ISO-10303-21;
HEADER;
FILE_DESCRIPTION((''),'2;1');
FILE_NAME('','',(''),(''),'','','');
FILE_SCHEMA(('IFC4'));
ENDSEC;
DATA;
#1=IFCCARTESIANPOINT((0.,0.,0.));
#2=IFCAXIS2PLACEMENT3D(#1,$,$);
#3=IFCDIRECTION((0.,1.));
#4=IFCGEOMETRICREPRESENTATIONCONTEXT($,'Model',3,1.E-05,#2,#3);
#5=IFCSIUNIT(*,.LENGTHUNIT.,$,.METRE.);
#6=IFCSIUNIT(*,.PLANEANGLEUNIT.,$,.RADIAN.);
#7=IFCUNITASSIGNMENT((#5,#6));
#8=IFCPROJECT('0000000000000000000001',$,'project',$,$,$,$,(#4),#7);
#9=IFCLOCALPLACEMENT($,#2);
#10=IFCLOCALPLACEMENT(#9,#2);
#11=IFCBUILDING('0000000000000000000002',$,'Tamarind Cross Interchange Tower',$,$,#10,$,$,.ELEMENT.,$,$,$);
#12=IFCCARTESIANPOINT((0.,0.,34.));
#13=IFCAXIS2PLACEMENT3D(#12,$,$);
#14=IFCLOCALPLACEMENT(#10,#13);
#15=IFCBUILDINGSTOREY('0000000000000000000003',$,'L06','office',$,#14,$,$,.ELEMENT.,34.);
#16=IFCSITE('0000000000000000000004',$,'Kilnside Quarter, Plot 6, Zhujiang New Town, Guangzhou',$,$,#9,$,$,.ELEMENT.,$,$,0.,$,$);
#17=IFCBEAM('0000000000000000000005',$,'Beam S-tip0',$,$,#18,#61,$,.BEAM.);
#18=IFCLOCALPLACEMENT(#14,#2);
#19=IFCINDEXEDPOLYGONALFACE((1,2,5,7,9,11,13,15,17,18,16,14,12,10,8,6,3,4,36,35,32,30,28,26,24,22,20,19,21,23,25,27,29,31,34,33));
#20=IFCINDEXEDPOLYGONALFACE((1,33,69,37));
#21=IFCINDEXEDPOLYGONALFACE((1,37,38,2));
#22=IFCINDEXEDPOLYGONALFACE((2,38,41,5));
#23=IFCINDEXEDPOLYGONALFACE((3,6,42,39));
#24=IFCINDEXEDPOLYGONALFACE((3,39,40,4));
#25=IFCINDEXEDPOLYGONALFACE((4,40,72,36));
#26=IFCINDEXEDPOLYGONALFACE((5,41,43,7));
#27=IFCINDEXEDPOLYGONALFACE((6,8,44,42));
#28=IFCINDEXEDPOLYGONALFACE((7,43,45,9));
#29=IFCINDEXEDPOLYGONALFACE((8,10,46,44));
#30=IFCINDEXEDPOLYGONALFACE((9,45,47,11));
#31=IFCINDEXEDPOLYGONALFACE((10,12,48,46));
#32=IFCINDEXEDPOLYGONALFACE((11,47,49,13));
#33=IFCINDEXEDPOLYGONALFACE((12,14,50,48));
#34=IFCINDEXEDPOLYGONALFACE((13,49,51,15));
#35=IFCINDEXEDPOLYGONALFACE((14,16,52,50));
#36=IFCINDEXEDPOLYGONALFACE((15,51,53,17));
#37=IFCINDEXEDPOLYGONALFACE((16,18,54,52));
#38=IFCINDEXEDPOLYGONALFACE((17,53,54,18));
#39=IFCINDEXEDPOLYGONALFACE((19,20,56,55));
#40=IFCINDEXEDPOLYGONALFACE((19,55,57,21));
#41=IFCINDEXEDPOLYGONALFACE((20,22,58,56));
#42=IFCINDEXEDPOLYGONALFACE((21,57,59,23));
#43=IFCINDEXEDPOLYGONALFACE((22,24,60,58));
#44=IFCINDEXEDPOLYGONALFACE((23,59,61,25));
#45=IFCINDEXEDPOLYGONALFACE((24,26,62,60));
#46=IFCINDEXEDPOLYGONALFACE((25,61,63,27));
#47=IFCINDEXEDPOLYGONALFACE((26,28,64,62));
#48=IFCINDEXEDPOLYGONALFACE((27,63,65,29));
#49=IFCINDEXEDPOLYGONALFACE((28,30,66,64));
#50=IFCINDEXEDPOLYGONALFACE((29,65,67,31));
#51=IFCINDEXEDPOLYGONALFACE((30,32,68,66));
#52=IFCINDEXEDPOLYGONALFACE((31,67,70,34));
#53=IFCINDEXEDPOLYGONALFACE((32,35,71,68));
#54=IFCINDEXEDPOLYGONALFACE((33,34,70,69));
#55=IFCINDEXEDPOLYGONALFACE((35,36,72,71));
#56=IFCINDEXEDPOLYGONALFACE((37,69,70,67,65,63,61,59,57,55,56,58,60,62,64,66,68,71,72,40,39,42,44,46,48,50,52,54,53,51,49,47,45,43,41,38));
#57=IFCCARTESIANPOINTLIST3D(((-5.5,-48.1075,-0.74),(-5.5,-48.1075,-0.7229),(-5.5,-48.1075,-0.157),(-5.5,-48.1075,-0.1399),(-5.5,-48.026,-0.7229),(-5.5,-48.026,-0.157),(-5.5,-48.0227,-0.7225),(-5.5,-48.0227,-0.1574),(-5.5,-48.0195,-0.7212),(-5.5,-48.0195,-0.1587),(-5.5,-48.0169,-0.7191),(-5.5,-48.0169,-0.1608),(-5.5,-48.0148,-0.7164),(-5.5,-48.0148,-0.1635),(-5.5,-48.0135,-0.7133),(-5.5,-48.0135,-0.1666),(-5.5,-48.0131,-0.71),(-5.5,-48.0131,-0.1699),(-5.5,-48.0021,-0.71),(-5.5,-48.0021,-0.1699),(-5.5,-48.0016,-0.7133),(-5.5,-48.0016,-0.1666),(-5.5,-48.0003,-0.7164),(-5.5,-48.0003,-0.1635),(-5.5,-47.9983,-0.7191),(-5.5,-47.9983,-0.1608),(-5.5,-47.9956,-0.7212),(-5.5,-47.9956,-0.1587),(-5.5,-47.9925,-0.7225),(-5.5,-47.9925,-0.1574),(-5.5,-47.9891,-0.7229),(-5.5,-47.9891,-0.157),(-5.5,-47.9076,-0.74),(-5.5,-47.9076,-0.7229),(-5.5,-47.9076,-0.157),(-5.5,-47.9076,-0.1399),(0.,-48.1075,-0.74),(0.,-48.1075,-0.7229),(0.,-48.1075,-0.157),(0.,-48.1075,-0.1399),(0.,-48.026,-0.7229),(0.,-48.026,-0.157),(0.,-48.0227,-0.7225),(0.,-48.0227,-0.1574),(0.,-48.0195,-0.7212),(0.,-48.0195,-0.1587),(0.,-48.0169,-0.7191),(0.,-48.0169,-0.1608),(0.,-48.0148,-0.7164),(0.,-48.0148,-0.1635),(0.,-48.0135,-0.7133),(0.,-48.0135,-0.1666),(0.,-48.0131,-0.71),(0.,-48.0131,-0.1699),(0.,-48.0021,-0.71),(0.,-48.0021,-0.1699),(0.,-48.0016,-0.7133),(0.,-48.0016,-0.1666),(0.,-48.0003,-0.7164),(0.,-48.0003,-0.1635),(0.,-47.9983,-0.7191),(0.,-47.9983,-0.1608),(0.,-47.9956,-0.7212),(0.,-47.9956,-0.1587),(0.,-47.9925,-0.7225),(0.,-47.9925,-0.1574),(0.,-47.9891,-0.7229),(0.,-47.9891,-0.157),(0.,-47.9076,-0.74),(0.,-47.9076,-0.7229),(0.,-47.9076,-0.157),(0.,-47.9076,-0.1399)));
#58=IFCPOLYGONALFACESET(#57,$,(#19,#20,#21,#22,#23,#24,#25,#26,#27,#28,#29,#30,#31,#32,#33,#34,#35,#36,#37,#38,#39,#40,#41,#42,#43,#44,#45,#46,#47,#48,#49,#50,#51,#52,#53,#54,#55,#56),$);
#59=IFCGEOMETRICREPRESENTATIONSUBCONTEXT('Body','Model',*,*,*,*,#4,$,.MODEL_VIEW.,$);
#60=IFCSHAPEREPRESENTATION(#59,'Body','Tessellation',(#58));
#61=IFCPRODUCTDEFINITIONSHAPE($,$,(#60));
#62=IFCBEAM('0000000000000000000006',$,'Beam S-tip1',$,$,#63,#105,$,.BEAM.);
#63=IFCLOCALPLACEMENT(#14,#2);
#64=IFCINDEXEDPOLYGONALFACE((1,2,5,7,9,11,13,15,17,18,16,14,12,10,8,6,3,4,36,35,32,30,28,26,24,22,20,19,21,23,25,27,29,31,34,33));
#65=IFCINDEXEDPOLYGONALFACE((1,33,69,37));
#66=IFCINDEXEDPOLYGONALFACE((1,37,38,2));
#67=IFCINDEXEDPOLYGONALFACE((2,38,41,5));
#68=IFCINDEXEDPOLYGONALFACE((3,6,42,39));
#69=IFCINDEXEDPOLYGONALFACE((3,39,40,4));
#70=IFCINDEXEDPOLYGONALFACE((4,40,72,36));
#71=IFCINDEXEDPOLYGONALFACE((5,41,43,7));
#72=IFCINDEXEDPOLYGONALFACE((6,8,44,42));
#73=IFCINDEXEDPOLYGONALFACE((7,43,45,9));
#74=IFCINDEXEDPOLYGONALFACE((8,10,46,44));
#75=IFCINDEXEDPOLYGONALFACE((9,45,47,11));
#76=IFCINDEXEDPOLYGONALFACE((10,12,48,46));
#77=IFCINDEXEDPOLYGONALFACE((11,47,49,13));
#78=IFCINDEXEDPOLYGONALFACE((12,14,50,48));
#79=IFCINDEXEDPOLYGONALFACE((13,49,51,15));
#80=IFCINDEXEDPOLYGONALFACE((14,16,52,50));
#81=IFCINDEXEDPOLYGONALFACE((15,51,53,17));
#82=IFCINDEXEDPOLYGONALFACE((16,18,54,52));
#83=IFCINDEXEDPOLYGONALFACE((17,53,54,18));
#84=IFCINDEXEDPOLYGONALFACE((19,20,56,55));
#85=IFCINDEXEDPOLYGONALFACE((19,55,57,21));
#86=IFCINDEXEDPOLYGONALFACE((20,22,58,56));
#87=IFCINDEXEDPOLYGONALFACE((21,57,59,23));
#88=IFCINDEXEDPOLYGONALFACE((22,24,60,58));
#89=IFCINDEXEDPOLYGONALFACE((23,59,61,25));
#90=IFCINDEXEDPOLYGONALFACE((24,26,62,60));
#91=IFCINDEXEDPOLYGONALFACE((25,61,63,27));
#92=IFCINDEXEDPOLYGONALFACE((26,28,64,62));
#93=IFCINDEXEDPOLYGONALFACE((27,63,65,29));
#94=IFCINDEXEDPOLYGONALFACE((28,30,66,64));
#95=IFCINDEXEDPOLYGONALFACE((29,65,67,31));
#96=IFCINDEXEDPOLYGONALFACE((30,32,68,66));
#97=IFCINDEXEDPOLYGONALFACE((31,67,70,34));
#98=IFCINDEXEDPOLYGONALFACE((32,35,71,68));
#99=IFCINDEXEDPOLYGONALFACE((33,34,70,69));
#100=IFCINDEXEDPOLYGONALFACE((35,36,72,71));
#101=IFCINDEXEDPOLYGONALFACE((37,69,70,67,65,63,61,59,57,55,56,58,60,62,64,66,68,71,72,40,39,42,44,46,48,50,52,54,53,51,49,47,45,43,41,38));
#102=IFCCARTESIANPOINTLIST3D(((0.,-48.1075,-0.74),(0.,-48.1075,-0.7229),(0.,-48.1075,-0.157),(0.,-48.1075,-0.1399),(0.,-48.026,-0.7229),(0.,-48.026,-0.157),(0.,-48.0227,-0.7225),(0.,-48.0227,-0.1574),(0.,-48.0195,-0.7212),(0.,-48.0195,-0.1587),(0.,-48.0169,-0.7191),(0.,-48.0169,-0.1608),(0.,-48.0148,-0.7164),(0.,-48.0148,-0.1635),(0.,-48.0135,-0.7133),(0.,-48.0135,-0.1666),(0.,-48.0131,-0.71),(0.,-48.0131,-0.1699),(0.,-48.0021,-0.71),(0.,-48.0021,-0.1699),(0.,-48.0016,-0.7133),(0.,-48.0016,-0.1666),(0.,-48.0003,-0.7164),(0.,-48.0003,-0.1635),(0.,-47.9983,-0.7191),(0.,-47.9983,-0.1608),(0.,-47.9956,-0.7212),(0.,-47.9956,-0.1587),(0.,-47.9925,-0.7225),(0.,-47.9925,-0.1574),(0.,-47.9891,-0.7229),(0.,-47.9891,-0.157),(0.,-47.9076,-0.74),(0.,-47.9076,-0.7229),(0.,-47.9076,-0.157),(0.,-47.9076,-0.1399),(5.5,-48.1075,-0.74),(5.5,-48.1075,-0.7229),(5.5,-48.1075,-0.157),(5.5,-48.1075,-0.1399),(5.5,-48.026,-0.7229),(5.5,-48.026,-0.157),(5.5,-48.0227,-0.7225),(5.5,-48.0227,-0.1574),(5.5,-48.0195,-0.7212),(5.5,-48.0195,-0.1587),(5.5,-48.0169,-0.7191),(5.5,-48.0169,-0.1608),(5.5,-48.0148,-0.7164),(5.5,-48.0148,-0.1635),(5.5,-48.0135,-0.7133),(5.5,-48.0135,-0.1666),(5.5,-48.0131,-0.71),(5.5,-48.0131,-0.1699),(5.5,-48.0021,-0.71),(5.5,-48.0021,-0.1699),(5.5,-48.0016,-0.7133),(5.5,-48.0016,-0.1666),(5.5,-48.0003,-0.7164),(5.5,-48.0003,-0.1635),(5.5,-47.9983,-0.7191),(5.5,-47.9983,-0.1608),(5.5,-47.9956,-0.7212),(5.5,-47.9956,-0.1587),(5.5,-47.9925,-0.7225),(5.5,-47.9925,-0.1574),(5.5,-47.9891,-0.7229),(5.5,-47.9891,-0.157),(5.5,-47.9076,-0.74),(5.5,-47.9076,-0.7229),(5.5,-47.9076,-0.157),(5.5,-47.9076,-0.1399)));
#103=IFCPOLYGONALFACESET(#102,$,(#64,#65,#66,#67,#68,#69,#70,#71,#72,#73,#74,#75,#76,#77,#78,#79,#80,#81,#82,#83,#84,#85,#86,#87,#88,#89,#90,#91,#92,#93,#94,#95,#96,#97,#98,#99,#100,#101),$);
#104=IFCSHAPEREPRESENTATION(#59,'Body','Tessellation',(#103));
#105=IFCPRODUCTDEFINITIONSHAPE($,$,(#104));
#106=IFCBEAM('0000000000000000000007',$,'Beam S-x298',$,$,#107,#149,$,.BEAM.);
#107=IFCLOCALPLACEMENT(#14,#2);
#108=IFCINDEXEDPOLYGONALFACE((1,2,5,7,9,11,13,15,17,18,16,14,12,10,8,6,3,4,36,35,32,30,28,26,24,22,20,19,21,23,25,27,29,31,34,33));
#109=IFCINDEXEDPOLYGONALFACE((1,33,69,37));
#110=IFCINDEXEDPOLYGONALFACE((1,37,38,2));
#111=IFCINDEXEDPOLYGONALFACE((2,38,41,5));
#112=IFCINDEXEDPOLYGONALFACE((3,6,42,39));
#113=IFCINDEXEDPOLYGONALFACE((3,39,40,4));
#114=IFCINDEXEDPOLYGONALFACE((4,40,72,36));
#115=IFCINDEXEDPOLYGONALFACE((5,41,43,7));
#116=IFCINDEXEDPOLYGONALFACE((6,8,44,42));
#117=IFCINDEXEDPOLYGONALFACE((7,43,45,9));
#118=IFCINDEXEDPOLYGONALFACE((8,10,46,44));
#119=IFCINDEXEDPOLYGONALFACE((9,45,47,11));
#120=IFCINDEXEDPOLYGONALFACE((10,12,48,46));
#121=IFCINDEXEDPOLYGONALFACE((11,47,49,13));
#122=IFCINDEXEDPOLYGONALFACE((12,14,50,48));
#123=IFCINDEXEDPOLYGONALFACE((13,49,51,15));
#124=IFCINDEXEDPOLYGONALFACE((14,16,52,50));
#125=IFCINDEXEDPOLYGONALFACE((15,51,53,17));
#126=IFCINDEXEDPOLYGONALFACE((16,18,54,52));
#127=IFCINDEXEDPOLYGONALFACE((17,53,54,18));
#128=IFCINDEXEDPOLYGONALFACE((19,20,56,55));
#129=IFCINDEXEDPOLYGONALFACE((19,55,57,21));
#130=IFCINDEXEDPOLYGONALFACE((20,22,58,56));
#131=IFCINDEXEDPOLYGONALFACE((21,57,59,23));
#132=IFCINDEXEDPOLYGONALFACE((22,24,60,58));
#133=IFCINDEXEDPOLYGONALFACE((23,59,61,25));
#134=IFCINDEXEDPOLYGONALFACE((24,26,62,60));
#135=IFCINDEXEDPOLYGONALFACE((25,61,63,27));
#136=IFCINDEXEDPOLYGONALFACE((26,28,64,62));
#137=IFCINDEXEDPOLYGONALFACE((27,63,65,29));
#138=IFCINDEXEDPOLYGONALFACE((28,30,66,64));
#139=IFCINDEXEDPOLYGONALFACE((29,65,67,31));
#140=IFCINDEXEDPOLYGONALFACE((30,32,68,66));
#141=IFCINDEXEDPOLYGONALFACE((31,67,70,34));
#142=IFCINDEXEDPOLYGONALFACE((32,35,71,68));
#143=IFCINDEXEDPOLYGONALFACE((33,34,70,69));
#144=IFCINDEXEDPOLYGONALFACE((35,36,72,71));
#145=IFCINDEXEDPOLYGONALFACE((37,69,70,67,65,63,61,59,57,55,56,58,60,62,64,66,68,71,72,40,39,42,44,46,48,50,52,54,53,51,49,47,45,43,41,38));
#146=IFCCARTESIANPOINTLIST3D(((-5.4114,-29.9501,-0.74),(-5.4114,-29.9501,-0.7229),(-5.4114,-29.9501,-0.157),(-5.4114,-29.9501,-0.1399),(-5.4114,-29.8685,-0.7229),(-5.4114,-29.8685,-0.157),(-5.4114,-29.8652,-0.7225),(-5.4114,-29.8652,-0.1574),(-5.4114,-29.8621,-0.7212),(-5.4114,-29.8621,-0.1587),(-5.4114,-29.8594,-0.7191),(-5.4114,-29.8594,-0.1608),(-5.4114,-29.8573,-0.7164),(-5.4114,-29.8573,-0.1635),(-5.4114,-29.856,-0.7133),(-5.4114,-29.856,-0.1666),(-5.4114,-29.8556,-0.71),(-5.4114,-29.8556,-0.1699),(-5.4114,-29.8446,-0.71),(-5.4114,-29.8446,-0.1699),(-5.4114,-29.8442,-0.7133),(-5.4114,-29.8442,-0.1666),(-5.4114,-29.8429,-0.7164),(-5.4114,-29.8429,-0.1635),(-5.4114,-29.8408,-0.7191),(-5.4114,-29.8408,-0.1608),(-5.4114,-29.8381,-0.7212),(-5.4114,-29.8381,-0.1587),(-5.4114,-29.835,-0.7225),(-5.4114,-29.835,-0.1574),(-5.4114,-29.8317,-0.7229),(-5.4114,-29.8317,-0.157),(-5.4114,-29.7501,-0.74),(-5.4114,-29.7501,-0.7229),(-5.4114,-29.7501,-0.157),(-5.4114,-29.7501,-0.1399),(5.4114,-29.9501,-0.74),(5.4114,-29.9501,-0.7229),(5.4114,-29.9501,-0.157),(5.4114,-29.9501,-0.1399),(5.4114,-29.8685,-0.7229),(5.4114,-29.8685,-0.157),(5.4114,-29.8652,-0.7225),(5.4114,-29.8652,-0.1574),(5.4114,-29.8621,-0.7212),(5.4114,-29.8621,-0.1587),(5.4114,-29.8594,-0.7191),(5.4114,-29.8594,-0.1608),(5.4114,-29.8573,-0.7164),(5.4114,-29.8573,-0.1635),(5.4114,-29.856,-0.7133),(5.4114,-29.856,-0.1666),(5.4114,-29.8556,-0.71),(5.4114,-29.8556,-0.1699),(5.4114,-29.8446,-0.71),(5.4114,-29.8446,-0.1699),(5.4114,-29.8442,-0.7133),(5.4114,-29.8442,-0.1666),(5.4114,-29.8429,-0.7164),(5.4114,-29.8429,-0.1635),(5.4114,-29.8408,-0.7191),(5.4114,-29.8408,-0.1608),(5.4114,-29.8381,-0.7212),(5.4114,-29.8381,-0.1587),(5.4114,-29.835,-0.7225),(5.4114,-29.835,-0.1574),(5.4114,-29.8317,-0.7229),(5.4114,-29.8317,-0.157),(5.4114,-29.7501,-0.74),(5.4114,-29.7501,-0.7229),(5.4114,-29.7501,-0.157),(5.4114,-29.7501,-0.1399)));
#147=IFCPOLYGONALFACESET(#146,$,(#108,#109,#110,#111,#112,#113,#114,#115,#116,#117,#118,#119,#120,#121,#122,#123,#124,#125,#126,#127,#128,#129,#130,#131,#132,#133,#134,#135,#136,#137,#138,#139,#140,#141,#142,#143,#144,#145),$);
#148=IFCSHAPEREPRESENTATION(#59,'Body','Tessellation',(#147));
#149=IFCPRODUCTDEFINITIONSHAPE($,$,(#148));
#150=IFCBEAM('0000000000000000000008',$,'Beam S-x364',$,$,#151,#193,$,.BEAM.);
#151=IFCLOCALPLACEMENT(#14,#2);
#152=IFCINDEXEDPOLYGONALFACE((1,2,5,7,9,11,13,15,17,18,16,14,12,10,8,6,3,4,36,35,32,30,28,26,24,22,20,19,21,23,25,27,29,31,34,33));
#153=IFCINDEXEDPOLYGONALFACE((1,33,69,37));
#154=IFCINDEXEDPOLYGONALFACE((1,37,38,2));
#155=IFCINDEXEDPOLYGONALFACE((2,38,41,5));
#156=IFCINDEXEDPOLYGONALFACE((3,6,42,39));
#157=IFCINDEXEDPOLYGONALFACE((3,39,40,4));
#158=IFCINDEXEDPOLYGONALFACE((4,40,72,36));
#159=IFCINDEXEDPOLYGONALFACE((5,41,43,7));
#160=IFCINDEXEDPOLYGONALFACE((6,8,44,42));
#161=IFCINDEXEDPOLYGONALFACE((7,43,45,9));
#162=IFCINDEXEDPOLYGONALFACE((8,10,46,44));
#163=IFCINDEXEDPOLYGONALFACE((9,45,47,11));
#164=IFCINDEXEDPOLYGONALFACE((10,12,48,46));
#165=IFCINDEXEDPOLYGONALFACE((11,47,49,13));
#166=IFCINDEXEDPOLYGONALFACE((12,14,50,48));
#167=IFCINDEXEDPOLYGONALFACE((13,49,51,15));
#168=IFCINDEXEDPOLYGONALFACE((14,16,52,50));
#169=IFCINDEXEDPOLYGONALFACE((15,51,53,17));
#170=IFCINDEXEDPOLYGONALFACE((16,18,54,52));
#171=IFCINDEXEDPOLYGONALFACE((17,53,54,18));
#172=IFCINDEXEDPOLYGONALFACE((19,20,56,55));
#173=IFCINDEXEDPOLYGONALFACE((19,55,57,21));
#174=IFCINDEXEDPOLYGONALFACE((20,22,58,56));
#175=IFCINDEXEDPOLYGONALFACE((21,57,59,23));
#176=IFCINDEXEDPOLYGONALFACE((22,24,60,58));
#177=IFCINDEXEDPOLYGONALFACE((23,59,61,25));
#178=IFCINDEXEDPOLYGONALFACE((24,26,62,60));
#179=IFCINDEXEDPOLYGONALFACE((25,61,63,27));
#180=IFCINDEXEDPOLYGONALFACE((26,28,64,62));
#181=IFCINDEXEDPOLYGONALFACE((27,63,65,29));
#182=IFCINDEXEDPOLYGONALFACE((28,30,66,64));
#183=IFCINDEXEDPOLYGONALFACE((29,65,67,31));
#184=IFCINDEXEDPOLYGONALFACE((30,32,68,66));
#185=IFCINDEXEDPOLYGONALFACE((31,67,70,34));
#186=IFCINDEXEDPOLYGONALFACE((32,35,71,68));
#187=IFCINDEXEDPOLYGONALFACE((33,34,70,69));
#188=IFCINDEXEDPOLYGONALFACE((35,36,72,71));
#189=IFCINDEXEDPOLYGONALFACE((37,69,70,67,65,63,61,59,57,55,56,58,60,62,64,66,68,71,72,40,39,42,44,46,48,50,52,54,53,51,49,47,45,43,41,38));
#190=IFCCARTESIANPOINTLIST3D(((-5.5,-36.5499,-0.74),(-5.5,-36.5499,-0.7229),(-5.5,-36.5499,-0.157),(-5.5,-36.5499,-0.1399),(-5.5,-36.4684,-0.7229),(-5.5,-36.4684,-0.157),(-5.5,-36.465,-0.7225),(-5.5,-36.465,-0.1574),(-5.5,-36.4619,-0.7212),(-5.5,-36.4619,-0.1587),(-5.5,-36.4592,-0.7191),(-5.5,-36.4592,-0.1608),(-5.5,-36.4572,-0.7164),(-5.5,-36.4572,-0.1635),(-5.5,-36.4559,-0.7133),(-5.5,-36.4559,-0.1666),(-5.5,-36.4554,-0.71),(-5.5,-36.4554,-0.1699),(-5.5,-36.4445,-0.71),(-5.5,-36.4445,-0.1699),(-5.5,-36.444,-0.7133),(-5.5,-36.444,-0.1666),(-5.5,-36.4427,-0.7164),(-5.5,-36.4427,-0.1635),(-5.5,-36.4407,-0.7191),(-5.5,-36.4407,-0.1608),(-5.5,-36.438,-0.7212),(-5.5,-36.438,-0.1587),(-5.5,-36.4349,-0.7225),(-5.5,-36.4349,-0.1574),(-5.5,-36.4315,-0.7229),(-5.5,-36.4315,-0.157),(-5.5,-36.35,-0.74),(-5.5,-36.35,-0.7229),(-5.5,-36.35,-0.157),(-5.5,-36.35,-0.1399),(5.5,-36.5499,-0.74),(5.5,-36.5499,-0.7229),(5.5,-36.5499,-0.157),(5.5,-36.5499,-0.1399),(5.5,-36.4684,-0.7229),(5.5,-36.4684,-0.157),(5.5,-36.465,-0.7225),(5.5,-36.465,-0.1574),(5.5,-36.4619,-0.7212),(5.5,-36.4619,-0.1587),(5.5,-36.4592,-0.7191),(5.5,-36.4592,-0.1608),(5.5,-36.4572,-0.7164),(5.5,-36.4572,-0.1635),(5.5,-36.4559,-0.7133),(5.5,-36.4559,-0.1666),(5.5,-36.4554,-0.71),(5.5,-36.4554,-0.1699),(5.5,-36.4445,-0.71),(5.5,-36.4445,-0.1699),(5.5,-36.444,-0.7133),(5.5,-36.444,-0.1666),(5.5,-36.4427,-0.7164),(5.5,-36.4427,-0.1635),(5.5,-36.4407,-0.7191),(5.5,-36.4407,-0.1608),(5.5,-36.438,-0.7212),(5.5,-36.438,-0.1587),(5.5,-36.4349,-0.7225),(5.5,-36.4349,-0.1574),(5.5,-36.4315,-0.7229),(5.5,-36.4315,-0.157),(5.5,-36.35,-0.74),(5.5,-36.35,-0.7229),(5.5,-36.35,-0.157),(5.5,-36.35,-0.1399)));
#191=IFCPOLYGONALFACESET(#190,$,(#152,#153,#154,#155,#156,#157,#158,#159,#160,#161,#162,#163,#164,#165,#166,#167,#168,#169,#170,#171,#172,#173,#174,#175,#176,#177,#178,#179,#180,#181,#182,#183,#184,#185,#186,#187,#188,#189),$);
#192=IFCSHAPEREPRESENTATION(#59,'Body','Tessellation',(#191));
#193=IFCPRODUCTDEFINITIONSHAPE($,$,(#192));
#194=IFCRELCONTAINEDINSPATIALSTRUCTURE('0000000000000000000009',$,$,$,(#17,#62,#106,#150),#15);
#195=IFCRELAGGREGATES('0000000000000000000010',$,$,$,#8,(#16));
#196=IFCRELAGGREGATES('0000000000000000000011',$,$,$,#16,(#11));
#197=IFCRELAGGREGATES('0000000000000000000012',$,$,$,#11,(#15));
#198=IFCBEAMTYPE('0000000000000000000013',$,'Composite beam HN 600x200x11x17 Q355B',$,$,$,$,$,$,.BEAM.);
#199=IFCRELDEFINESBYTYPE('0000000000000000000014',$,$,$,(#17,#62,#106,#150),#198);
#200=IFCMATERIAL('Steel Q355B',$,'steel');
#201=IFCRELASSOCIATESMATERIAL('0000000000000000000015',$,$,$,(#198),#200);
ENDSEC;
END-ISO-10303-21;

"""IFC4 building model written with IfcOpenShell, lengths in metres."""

from ifc_helpers import new_model, si_unit, direction, frame, origin, origin_2d, place, context, subcontext, project, spatial, i_section, extrude, material, material_profile, profile_set, type_object, element, save


model = new_model("IFC4")

# Units and contexts
model_context = context("Model", 3, precision=1e-05, world=origin(), true_north=direction((0.0, 1.0)))
body_context = subcontext(model_context, "Body", "Model", "MODEL_VIEW")
ifc_project = project(units=[si_unit("LENGTHUNIT", "METRE"), si_unit("PLANEANGLEUNIT", "RADIAN")], contexts=[model_context])

# Site, building, storey
site_placement = place(None, origin())
site = spatial("IfcSite", under=ifc_project, at=site_placement, Name="Kilnside Quarter, Plot 6, Zhujiang New Town, Guangzhou", CompositionType="ELEMENT", RefElevation=0.0)
building_placement = place(site_placement, origin())
building = spatial("IfcBuilding", under=site, at=building_placement, Name="Tamarind Cross Interchange Tower", CompositionType="ELEMENT")
storey_placement = place(building_placement, frame((0.0, 0.0, 34.0)))
storey = spatial("IfcBuildingStorey", under=building, at=storey_placement, Name="L06", Description="office", CompositionType="ELEMENT", Elevation=34.0)

# Beams
ifc_material_1 = material(Name="Steel Q355B", Category="steel")
ifc_material_profile_1 = material_profile(ifc_material_1, i_section(OverallWidth=0.2, OverallDepth=0.6001, WebThickness=0.011, FlangeThickness=0.0171, FilletRadius=0.0129, at=origin_2d()), Name="HN 600x200x11x17")
ifc_profile_set_1 = profile_set([ifc_material_profile_1], Name="Steel Q355B")
beam_type_1 = type_object("IfcBeamType", Name="Composite beam HN 600x200x11x17 Q355B", PredefinedType="BEAM", material=ifc_profile_set_1)
for number, where, z_axis, x_axis, name in (
    (1, (-5.5, -48.0076, -0.4399), (1.0, 0.0, 0.0), (0.0, 1.0, 0.0), "Beam S-tip0"),
    (2, (0.0, -48.0076, -0.4399), (1.0, 0.0, 0.0), (0.0, 1.0, 0.0), "Beam S-tip1"),
):
    element("IfcBeam", number, at=place(storey_placement, frame(where, z_axis=z_axis, x_axis=x_axis)), inside=storey, type_object=beam_type_1, Name=name, PredefinedType="BEAM", context=body_context, shape_type="SweptSolid", body=[
        extrude(i_section(OverallWidth=0.2, OverallDepth=0.6001, WebThickness=0.011, FlangeThickness=0.0171, FilletRadius=0.0129, at=origin_2d()), origin(), (0.0, 0.0, 1.0), 5.5),
    ])
beam_1_placement = place(storey_placement, frame((-5.4114, -29.8501, -0.4399), z_axis=(1.0, 0.0, 0.0), x_axis=(0.0, 1.0, 0.0)))
element("IfcBeam", 3, at=beam_1_placement, inside=storey, type_object=beam_type_1, Name="Beam S-x298", PredefinedType="BEAM", context=body_context, shape_type="SweptSolid", body=[
    extrude(i_section(OverallWidth=0.2, OverallDepth=0.6001, WebThickness=0.011, FlangeThickness=0.0171, FilletRadius=0.0129, at=origin_2d()), origin(), (0.0, 0.0, 1.0), 10.8228),
])
for number, where, z_axis, x_axis, name in (
    (4, (-5.5, -36.45, -0.4399), (1.0, 0.0, 0.0), (0.0, 1.0, 0.0), "Beam S-x364"),
):
    element("IfcBeam", number, at=place(storey_placement, frame(where, z_axis=z_axis, x_axis=x_axis)), inside=storey, type_object=beam_type_1, Name=name, PredefinedType="BEAM", context=body_context, shape_type="SweptSolid", body=[
        extrude(i_section(OverallWidth=0.2, OverallDepth=0.6001, WebThickness=0.011, FlangeThickness=0.0171, FilletRadius=0.0129, at=origin_2d()), origin(), (0.0, 0.0, 1.0), 11.0),
    ])

save(model, "model.ifc")
